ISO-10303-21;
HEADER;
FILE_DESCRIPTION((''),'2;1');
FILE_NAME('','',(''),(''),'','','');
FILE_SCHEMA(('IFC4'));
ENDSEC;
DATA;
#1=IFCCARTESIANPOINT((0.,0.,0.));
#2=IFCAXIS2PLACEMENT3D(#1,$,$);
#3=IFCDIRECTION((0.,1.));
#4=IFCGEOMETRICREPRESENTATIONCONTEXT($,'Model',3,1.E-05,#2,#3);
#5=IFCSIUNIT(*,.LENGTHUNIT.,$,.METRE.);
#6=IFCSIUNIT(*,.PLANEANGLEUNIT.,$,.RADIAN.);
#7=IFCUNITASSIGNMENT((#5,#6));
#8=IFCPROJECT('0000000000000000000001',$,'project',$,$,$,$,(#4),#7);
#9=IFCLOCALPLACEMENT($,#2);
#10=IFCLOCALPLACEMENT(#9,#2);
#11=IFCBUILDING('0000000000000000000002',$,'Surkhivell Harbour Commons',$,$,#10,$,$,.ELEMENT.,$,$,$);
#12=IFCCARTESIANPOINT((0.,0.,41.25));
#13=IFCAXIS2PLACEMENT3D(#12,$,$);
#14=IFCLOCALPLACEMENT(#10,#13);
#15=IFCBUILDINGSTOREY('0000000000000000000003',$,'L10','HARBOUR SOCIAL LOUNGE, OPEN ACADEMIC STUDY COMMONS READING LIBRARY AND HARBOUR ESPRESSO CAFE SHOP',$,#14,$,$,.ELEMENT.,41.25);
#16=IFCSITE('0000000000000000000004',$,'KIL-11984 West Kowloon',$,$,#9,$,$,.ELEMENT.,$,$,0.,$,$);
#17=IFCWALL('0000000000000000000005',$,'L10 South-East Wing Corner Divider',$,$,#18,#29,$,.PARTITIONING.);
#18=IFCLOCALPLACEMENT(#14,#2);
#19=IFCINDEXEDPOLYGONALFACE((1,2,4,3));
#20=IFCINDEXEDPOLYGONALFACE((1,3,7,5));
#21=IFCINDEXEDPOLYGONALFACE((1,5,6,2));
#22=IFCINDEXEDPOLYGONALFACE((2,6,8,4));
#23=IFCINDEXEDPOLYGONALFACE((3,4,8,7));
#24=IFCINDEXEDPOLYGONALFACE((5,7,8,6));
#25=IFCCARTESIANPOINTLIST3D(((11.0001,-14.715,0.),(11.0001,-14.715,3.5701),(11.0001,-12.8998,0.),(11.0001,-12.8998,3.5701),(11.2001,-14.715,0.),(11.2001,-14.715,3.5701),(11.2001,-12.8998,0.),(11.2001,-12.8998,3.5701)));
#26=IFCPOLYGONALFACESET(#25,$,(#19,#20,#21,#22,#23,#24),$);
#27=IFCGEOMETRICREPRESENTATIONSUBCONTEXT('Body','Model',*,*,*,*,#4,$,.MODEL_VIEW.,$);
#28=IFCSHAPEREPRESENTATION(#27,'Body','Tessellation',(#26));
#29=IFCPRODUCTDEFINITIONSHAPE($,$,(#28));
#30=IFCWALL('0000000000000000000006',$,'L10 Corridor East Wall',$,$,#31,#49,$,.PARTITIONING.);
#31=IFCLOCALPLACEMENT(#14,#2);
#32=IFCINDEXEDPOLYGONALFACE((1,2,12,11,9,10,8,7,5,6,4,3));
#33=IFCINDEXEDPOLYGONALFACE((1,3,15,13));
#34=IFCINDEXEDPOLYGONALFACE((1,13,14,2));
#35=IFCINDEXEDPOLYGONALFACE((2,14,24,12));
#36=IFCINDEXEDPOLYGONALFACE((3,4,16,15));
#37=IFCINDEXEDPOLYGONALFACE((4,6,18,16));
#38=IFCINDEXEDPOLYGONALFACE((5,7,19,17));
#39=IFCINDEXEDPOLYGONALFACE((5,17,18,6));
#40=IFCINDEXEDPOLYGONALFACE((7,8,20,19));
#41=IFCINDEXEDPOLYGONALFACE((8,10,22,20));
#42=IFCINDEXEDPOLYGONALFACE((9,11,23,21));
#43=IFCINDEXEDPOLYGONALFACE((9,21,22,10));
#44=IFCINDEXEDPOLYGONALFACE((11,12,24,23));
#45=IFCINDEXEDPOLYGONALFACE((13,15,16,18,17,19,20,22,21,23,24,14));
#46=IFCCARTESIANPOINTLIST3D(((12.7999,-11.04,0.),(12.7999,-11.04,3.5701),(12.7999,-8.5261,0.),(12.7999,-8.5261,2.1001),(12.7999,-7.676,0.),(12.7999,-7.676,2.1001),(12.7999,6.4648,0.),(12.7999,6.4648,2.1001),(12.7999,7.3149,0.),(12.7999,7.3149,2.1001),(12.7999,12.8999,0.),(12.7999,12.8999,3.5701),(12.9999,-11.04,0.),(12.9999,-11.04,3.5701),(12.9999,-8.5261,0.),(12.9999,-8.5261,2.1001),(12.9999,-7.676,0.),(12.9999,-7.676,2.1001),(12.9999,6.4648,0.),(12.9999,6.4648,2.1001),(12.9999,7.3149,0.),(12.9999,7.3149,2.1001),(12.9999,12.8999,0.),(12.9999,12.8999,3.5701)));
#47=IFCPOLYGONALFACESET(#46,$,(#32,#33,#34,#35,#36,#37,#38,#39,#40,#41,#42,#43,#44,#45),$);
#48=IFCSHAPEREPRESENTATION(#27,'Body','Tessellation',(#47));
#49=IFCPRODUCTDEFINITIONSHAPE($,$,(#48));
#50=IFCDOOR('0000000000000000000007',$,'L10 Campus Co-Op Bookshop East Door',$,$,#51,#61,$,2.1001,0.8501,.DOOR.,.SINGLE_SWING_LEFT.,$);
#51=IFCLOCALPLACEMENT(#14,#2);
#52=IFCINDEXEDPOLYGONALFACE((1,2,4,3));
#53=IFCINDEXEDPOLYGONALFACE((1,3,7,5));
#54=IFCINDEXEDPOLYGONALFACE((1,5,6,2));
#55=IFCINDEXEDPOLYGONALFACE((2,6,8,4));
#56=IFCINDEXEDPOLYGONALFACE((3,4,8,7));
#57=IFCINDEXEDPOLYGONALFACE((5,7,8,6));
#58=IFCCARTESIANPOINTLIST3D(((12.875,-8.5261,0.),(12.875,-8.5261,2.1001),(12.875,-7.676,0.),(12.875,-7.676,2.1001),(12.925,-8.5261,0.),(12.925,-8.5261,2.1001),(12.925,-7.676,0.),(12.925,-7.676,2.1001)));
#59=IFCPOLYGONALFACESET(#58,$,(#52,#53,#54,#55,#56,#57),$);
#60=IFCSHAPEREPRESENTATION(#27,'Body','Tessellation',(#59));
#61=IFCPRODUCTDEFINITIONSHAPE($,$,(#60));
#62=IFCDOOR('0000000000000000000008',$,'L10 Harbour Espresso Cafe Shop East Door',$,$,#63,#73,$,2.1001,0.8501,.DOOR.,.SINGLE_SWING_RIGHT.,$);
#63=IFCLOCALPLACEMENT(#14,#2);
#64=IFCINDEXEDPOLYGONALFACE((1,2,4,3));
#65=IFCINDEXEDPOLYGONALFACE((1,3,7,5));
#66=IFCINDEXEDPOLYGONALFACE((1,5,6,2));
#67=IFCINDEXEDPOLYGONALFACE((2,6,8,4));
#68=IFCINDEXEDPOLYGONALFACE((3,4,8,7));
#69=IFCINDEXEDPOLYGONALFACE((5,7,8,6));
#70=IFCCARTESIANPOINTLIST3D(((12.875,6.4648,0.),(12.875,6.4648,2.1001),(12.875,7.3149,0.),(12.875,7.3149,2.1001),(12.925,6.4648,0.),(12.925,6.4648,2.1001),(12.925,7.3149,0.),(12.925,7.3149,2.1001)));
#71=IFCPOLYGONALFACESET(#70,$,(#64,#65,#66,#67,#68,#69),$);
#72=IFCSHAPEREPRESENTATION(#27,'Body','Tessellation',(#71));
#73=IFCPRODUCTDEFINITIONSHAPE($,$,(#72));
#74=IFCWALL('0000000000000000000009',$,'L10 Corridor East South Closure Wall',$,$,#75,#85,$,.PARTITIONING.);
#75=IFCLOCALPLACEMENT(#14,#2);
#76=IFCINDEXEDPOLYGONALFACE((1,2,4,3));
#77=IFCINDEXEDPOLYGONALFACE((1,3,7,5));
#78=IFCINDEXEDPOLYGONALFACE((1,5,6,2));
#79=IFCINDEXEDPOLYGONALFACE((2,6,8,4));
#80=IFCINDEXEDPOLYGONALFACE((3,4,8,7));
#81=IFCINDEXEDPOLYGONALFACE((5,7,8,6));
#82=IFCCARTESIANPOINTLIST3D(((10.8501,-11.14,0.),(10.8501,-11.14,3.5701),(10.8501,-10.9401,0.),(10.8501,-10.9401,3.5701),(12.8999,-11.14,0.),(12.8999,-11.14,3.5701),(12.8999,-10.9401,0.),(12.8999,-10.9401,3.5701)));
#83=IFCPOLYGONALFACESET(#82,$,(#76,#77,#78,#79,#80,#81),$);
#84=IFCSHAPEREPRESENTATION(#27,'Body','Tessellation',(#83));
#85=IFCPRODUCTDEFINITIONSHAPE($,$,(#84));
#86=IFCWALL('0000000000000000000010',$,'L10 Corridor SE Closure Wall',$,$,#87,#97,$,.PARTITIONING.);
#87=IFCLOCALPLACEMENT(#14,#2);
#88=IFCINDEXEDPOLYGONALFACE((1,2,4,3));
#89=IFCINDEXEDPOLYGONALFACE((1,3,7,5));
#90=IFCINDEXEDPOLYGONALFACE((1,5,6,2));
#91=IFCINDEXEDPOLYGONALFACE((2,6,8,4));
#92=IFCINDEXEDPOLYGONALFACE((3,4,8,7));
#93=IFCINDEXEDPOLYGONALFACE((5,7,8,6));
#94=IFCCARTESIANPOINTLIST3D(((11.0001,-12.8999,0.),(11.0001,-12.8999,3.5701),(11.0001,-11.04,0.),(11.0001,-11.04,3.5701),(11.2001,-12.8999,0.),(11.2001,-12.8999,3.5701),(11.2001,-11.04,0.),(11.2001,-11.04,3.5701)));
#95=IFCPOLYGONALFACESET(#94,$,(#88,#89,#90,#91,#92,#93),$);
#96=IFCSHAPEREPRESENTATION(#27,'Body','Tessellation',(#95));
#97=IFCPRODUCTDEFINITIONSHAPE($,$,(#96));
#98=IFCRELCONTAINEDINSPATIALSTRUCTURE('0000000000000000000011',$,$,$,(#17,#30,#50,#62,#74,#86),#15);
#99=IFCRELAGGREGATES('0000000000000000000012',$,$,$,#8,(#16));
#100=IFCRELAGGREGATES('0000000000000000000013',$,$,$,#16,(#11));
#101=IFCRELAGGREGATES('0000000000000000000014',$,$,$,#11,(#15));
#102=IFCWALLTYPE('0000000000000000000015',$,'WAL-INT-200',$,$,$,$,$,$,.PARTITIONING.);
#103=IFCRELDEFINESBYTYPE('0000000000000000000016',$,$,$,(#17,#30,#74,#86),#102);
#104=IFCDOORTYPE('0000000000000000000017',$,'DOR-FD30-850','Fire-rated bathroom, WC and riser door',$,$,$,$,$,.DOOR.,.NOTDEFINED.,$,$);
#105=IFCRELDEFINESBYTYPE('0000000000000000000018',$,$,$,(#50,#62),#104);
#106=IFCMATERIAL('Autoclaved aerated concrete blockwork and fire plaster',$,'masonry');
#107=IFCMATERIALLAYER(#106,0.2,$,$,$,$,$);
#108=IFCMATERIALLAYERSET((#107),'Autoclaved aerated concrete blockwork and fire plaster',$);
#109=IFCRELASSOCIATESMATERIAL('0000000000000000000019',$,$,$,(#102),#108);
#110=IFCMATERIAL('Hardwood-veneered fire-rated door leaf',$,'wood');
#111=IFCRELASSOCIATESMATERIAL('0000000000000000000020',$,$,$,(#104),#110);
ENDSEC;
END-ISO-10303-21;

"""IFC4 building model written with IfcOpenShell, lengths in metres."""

from ifc_helpers import new_model, si_unit, direction, frame, frame_2d, origin, place, context, subcontext, project, spatial, rectangle, extrude, material, layer, layer_set, type_object, element, fill, save


model = new_model("IFC4")

# Units and contexts
model_context = context("Model", 3, precision=1e-05, world=origin(), true_north=direction((0.0, 1.0)))
body_context = subcontext(model_context, "Body", "Model", "MODEL_VIEW")
ifc_project = project(units=[si_unit("LENGTHUNIT", "METRE"), si_unit("PLANEANGLEUNIT", "RADIAN")], contexts=[model_context])

# Site, building, storey
site_placement = place(None, origin())
site = spatial("IfcSite", under=ifc_project, at=site_placement, Name="KIL-11984 West Kowloon", CompositionType="ELEMENT", RefElevation=0.0)
building_placement = place(site_placement, origin())
building = spatial("IfcBuilding", under=site, at=building_placement, Name="Surkhivell Harbour Commons", CompositionType="ELEMENT")
storey_placement = place(building_placement, frame((0.0, 0.0, 41.25)))
storey = spatial("IfcBuildingStorey", under=building, at=storey_placement, Name="L10", Description="HARBOUR SOCIAL LOUNGE, OPEN ACADEMIC STUDY COMMONS READING LIBRARY AND HARBOUR ESPRESSO CAFE SHOP", CompositionType="ELEMENT", Elevation=41.25)

# Shared definitions
ifc_material_1 = material(Name="Hardwood-veneered fire-rated door leaf", Category="wood")

# Wall
ifc_material_2 = material(Name="Autoclaved aerated concrete blockwork and fire plaster", Category="masonry")
ifc_layer_1 = layer(ifc_material_2, 0.2)
ifc_layer_set_1 = layer_set([ifc_layer_1], Name="Autoclaved aerated concrete blockwork and fire plaster")
wall_type_1 = type_object("IfcWallType", Name="WAL-INT-200", PredefinedType="PARTITIONING", material=ifc_layer_set_1)
wall_1_placement = place(storey_placement, frame((11.1001, -14.7151, 0.0), z_axis=(0.0, 0.0, 1.0), x_axis=(0.0, 1.0, 0.0)))
element("IfcWall", 1, at=wall_1_placement, inside=storey, type_object=wall_type_1, Name="L10 South-East Wing Corner Divider", PredefinedType="PARTITIONING", context=body_context, shape_type="SweptSolid", body=[
    extrude(rectangle(XDim=1.8152, YDim=0.2, at=frame_2d((0.9077, 0.0))), origin(), (0.0, 0.0, 1.0), 3.5701),
])

# Wall, openings, doors
wall_2_placement = place(storey_placement, frame((12.8999, -11.04, 0.0), z_axis=(0.0, 0.0, 1.0), x_axis=(0.0, 1.0, 0.0)))
wall_2 = element("IfcWall", 2, at=wall_2_placement, inside=storey, type_object=wall_type_1, Name="L10 Corridor East Wall", PredefinedType="PARTITIONING", context=body_context, shape_type="SweptSolid", body=[
    extrude(rectangle(XDim=23.9399, YDim=0.2, at=frame_2d((11.97, 0.0))), origin(), (0.0, 0.0, 1.0), 3.5701),
])
opening_1_placement = place(wall_2_placement, frame((2.5139, 0.0, 0.0)))
opening_1 = element("IfcOpeningElement", 3, at=opening_1_placement, cuts=wall_2, PredefinedType="OPENING", context=body_context, shape_type="SweptSolid", body=[
    extrude(rectangle(XDim=0.8501, YDim=2.1001, at=frame_2d((0.425, 1.05))), frame((0.0, 0.1099, 0.0), z_axis=(0.0, -1.0, 0.0), x_axis=(1.0, 0.0, 0.0)), (0.0, 0.0, 1.0), 0.22),
])
opening_2_placement = place(wall_2_placement, frame((17.5049, 0.0, 0.0)))
opening_2 = element("IfcOpeningElement", 4, at=opening_2_placement, cuts=wall_2, PredefinedType="OPENING", context=body_context, shape_type="SweptSolid", body=[
    extrude(rectangle(XDim=0.8501, YDim=2.1001, at=frame_2d((0.425, 1.05))), frame((0.0, 0.1099, 0.0), z_axis=(0.0, -1.0, 0.0), x_axis=(1.0, 0.0, 0.0)), (0.0, 0.0, 1.0), 0.22),
])
door_type_1 = type_object("IfcDoorType", Name="DOR-FD30-850", Description="Fire-rated bathroom, WC and riser door", OperationType="NOTDEFINED", PredefinedType="DOOR", material=ifc_material_1)
door_1_placement = place(opening_1_placement, origin())
door_1 = element("IfcDoor", 5, at=door_1_placement, inside=storey, type_object=door_type_1, Name="L10 Campus Co-Op Bookshop East Door", OperationType="SINGLE_SWING_LEFT", OverallHeight=2.1001, OverallWidth=0.8501, PredefinedType="DOOR", context=body_context, shape_type="SweptSolid", body=[
    extrude(rectangle(XDim=0.8501, YDim=2.1001, at=frame_2d((0.425, 1.05))), frame((0.0, 0.0249, 0.0), z_axis=(0.0, -1.0, 0.0), x_axis=(1.0, 0.0, 0.0)), (0.0, 0.0, 1.0), 0.05),
])
fill(opening_1, door_1)
door_2_placement = place(opening_2_placement, origin())
door_2 = element("IfcDoor", 6, at=door_2_placement, inside=storey, type_object=door_type_1, Name="L10 Harbour Espresso Cafe Shop East Door", OperationType="SINGLE_SWING_RIGHT", OverallHeight=2.1001, OverallWidth=0.8501, PredefinedType="DOOR", context=body_context, shape_type="SweptSolid", body=[
    extrude(rectangle(XDim=0.8501, YDim=2.1001, at=frame_2d((0.425, 1.05))), frame((0.0, 0.0249, 0.0), z_axis=(0.0, -1.0, 0.0), x_axis=(1.0, 0.0, 0.0)), (0.0, 0.0, 1.0), 0.05),
])
fill(opening_2, door_2)

# Walls
wall_3_placement = place(storey_placement, frame((10.8501, -11.04, 0.0), z_axis=(0.0, 0.0, 1.0), x_axis=(1.0, 0.0, 0.0)))
element("IfcWall", 7, at=wall_3_placement, inside=storey, type_object=wall_type_1, Name="L10 Corridor East South Closure Wall", PredefinedType="PARTITIONING", context=body_context, shape_type="SweptSolid", body=[
    extrude(rectangle(XDim=2.0498, YDim=0.2, at=frame_2d((1.0249, 0.0))), origin(), (0.0, 0.0, 1.0), 3.5701),
])
wall_4_placement = place(storey_placement, frame((11.1001, -12.8999, 0.0), z_axis=(0.0, 0.0, 1.0), x_axis=(0.0, 1.0, 0.0)))
element("IfcWall", 8, at=wall_4_placement, inside=storey, type_object=wall_type_1, Name="L10 Corridor SE Closure Wall", PredefinedType="PARTITIONING", context=body_context, shape_type="SweptSolid", body=[
    extrude(rectangle(XDim=1.8599, YDim=0.2, at=frame_2d((0.9299, 0.0))), origin(), (0.0, 0.0, 1.0), 3.5701),
])

save(model, "model.ifc")
